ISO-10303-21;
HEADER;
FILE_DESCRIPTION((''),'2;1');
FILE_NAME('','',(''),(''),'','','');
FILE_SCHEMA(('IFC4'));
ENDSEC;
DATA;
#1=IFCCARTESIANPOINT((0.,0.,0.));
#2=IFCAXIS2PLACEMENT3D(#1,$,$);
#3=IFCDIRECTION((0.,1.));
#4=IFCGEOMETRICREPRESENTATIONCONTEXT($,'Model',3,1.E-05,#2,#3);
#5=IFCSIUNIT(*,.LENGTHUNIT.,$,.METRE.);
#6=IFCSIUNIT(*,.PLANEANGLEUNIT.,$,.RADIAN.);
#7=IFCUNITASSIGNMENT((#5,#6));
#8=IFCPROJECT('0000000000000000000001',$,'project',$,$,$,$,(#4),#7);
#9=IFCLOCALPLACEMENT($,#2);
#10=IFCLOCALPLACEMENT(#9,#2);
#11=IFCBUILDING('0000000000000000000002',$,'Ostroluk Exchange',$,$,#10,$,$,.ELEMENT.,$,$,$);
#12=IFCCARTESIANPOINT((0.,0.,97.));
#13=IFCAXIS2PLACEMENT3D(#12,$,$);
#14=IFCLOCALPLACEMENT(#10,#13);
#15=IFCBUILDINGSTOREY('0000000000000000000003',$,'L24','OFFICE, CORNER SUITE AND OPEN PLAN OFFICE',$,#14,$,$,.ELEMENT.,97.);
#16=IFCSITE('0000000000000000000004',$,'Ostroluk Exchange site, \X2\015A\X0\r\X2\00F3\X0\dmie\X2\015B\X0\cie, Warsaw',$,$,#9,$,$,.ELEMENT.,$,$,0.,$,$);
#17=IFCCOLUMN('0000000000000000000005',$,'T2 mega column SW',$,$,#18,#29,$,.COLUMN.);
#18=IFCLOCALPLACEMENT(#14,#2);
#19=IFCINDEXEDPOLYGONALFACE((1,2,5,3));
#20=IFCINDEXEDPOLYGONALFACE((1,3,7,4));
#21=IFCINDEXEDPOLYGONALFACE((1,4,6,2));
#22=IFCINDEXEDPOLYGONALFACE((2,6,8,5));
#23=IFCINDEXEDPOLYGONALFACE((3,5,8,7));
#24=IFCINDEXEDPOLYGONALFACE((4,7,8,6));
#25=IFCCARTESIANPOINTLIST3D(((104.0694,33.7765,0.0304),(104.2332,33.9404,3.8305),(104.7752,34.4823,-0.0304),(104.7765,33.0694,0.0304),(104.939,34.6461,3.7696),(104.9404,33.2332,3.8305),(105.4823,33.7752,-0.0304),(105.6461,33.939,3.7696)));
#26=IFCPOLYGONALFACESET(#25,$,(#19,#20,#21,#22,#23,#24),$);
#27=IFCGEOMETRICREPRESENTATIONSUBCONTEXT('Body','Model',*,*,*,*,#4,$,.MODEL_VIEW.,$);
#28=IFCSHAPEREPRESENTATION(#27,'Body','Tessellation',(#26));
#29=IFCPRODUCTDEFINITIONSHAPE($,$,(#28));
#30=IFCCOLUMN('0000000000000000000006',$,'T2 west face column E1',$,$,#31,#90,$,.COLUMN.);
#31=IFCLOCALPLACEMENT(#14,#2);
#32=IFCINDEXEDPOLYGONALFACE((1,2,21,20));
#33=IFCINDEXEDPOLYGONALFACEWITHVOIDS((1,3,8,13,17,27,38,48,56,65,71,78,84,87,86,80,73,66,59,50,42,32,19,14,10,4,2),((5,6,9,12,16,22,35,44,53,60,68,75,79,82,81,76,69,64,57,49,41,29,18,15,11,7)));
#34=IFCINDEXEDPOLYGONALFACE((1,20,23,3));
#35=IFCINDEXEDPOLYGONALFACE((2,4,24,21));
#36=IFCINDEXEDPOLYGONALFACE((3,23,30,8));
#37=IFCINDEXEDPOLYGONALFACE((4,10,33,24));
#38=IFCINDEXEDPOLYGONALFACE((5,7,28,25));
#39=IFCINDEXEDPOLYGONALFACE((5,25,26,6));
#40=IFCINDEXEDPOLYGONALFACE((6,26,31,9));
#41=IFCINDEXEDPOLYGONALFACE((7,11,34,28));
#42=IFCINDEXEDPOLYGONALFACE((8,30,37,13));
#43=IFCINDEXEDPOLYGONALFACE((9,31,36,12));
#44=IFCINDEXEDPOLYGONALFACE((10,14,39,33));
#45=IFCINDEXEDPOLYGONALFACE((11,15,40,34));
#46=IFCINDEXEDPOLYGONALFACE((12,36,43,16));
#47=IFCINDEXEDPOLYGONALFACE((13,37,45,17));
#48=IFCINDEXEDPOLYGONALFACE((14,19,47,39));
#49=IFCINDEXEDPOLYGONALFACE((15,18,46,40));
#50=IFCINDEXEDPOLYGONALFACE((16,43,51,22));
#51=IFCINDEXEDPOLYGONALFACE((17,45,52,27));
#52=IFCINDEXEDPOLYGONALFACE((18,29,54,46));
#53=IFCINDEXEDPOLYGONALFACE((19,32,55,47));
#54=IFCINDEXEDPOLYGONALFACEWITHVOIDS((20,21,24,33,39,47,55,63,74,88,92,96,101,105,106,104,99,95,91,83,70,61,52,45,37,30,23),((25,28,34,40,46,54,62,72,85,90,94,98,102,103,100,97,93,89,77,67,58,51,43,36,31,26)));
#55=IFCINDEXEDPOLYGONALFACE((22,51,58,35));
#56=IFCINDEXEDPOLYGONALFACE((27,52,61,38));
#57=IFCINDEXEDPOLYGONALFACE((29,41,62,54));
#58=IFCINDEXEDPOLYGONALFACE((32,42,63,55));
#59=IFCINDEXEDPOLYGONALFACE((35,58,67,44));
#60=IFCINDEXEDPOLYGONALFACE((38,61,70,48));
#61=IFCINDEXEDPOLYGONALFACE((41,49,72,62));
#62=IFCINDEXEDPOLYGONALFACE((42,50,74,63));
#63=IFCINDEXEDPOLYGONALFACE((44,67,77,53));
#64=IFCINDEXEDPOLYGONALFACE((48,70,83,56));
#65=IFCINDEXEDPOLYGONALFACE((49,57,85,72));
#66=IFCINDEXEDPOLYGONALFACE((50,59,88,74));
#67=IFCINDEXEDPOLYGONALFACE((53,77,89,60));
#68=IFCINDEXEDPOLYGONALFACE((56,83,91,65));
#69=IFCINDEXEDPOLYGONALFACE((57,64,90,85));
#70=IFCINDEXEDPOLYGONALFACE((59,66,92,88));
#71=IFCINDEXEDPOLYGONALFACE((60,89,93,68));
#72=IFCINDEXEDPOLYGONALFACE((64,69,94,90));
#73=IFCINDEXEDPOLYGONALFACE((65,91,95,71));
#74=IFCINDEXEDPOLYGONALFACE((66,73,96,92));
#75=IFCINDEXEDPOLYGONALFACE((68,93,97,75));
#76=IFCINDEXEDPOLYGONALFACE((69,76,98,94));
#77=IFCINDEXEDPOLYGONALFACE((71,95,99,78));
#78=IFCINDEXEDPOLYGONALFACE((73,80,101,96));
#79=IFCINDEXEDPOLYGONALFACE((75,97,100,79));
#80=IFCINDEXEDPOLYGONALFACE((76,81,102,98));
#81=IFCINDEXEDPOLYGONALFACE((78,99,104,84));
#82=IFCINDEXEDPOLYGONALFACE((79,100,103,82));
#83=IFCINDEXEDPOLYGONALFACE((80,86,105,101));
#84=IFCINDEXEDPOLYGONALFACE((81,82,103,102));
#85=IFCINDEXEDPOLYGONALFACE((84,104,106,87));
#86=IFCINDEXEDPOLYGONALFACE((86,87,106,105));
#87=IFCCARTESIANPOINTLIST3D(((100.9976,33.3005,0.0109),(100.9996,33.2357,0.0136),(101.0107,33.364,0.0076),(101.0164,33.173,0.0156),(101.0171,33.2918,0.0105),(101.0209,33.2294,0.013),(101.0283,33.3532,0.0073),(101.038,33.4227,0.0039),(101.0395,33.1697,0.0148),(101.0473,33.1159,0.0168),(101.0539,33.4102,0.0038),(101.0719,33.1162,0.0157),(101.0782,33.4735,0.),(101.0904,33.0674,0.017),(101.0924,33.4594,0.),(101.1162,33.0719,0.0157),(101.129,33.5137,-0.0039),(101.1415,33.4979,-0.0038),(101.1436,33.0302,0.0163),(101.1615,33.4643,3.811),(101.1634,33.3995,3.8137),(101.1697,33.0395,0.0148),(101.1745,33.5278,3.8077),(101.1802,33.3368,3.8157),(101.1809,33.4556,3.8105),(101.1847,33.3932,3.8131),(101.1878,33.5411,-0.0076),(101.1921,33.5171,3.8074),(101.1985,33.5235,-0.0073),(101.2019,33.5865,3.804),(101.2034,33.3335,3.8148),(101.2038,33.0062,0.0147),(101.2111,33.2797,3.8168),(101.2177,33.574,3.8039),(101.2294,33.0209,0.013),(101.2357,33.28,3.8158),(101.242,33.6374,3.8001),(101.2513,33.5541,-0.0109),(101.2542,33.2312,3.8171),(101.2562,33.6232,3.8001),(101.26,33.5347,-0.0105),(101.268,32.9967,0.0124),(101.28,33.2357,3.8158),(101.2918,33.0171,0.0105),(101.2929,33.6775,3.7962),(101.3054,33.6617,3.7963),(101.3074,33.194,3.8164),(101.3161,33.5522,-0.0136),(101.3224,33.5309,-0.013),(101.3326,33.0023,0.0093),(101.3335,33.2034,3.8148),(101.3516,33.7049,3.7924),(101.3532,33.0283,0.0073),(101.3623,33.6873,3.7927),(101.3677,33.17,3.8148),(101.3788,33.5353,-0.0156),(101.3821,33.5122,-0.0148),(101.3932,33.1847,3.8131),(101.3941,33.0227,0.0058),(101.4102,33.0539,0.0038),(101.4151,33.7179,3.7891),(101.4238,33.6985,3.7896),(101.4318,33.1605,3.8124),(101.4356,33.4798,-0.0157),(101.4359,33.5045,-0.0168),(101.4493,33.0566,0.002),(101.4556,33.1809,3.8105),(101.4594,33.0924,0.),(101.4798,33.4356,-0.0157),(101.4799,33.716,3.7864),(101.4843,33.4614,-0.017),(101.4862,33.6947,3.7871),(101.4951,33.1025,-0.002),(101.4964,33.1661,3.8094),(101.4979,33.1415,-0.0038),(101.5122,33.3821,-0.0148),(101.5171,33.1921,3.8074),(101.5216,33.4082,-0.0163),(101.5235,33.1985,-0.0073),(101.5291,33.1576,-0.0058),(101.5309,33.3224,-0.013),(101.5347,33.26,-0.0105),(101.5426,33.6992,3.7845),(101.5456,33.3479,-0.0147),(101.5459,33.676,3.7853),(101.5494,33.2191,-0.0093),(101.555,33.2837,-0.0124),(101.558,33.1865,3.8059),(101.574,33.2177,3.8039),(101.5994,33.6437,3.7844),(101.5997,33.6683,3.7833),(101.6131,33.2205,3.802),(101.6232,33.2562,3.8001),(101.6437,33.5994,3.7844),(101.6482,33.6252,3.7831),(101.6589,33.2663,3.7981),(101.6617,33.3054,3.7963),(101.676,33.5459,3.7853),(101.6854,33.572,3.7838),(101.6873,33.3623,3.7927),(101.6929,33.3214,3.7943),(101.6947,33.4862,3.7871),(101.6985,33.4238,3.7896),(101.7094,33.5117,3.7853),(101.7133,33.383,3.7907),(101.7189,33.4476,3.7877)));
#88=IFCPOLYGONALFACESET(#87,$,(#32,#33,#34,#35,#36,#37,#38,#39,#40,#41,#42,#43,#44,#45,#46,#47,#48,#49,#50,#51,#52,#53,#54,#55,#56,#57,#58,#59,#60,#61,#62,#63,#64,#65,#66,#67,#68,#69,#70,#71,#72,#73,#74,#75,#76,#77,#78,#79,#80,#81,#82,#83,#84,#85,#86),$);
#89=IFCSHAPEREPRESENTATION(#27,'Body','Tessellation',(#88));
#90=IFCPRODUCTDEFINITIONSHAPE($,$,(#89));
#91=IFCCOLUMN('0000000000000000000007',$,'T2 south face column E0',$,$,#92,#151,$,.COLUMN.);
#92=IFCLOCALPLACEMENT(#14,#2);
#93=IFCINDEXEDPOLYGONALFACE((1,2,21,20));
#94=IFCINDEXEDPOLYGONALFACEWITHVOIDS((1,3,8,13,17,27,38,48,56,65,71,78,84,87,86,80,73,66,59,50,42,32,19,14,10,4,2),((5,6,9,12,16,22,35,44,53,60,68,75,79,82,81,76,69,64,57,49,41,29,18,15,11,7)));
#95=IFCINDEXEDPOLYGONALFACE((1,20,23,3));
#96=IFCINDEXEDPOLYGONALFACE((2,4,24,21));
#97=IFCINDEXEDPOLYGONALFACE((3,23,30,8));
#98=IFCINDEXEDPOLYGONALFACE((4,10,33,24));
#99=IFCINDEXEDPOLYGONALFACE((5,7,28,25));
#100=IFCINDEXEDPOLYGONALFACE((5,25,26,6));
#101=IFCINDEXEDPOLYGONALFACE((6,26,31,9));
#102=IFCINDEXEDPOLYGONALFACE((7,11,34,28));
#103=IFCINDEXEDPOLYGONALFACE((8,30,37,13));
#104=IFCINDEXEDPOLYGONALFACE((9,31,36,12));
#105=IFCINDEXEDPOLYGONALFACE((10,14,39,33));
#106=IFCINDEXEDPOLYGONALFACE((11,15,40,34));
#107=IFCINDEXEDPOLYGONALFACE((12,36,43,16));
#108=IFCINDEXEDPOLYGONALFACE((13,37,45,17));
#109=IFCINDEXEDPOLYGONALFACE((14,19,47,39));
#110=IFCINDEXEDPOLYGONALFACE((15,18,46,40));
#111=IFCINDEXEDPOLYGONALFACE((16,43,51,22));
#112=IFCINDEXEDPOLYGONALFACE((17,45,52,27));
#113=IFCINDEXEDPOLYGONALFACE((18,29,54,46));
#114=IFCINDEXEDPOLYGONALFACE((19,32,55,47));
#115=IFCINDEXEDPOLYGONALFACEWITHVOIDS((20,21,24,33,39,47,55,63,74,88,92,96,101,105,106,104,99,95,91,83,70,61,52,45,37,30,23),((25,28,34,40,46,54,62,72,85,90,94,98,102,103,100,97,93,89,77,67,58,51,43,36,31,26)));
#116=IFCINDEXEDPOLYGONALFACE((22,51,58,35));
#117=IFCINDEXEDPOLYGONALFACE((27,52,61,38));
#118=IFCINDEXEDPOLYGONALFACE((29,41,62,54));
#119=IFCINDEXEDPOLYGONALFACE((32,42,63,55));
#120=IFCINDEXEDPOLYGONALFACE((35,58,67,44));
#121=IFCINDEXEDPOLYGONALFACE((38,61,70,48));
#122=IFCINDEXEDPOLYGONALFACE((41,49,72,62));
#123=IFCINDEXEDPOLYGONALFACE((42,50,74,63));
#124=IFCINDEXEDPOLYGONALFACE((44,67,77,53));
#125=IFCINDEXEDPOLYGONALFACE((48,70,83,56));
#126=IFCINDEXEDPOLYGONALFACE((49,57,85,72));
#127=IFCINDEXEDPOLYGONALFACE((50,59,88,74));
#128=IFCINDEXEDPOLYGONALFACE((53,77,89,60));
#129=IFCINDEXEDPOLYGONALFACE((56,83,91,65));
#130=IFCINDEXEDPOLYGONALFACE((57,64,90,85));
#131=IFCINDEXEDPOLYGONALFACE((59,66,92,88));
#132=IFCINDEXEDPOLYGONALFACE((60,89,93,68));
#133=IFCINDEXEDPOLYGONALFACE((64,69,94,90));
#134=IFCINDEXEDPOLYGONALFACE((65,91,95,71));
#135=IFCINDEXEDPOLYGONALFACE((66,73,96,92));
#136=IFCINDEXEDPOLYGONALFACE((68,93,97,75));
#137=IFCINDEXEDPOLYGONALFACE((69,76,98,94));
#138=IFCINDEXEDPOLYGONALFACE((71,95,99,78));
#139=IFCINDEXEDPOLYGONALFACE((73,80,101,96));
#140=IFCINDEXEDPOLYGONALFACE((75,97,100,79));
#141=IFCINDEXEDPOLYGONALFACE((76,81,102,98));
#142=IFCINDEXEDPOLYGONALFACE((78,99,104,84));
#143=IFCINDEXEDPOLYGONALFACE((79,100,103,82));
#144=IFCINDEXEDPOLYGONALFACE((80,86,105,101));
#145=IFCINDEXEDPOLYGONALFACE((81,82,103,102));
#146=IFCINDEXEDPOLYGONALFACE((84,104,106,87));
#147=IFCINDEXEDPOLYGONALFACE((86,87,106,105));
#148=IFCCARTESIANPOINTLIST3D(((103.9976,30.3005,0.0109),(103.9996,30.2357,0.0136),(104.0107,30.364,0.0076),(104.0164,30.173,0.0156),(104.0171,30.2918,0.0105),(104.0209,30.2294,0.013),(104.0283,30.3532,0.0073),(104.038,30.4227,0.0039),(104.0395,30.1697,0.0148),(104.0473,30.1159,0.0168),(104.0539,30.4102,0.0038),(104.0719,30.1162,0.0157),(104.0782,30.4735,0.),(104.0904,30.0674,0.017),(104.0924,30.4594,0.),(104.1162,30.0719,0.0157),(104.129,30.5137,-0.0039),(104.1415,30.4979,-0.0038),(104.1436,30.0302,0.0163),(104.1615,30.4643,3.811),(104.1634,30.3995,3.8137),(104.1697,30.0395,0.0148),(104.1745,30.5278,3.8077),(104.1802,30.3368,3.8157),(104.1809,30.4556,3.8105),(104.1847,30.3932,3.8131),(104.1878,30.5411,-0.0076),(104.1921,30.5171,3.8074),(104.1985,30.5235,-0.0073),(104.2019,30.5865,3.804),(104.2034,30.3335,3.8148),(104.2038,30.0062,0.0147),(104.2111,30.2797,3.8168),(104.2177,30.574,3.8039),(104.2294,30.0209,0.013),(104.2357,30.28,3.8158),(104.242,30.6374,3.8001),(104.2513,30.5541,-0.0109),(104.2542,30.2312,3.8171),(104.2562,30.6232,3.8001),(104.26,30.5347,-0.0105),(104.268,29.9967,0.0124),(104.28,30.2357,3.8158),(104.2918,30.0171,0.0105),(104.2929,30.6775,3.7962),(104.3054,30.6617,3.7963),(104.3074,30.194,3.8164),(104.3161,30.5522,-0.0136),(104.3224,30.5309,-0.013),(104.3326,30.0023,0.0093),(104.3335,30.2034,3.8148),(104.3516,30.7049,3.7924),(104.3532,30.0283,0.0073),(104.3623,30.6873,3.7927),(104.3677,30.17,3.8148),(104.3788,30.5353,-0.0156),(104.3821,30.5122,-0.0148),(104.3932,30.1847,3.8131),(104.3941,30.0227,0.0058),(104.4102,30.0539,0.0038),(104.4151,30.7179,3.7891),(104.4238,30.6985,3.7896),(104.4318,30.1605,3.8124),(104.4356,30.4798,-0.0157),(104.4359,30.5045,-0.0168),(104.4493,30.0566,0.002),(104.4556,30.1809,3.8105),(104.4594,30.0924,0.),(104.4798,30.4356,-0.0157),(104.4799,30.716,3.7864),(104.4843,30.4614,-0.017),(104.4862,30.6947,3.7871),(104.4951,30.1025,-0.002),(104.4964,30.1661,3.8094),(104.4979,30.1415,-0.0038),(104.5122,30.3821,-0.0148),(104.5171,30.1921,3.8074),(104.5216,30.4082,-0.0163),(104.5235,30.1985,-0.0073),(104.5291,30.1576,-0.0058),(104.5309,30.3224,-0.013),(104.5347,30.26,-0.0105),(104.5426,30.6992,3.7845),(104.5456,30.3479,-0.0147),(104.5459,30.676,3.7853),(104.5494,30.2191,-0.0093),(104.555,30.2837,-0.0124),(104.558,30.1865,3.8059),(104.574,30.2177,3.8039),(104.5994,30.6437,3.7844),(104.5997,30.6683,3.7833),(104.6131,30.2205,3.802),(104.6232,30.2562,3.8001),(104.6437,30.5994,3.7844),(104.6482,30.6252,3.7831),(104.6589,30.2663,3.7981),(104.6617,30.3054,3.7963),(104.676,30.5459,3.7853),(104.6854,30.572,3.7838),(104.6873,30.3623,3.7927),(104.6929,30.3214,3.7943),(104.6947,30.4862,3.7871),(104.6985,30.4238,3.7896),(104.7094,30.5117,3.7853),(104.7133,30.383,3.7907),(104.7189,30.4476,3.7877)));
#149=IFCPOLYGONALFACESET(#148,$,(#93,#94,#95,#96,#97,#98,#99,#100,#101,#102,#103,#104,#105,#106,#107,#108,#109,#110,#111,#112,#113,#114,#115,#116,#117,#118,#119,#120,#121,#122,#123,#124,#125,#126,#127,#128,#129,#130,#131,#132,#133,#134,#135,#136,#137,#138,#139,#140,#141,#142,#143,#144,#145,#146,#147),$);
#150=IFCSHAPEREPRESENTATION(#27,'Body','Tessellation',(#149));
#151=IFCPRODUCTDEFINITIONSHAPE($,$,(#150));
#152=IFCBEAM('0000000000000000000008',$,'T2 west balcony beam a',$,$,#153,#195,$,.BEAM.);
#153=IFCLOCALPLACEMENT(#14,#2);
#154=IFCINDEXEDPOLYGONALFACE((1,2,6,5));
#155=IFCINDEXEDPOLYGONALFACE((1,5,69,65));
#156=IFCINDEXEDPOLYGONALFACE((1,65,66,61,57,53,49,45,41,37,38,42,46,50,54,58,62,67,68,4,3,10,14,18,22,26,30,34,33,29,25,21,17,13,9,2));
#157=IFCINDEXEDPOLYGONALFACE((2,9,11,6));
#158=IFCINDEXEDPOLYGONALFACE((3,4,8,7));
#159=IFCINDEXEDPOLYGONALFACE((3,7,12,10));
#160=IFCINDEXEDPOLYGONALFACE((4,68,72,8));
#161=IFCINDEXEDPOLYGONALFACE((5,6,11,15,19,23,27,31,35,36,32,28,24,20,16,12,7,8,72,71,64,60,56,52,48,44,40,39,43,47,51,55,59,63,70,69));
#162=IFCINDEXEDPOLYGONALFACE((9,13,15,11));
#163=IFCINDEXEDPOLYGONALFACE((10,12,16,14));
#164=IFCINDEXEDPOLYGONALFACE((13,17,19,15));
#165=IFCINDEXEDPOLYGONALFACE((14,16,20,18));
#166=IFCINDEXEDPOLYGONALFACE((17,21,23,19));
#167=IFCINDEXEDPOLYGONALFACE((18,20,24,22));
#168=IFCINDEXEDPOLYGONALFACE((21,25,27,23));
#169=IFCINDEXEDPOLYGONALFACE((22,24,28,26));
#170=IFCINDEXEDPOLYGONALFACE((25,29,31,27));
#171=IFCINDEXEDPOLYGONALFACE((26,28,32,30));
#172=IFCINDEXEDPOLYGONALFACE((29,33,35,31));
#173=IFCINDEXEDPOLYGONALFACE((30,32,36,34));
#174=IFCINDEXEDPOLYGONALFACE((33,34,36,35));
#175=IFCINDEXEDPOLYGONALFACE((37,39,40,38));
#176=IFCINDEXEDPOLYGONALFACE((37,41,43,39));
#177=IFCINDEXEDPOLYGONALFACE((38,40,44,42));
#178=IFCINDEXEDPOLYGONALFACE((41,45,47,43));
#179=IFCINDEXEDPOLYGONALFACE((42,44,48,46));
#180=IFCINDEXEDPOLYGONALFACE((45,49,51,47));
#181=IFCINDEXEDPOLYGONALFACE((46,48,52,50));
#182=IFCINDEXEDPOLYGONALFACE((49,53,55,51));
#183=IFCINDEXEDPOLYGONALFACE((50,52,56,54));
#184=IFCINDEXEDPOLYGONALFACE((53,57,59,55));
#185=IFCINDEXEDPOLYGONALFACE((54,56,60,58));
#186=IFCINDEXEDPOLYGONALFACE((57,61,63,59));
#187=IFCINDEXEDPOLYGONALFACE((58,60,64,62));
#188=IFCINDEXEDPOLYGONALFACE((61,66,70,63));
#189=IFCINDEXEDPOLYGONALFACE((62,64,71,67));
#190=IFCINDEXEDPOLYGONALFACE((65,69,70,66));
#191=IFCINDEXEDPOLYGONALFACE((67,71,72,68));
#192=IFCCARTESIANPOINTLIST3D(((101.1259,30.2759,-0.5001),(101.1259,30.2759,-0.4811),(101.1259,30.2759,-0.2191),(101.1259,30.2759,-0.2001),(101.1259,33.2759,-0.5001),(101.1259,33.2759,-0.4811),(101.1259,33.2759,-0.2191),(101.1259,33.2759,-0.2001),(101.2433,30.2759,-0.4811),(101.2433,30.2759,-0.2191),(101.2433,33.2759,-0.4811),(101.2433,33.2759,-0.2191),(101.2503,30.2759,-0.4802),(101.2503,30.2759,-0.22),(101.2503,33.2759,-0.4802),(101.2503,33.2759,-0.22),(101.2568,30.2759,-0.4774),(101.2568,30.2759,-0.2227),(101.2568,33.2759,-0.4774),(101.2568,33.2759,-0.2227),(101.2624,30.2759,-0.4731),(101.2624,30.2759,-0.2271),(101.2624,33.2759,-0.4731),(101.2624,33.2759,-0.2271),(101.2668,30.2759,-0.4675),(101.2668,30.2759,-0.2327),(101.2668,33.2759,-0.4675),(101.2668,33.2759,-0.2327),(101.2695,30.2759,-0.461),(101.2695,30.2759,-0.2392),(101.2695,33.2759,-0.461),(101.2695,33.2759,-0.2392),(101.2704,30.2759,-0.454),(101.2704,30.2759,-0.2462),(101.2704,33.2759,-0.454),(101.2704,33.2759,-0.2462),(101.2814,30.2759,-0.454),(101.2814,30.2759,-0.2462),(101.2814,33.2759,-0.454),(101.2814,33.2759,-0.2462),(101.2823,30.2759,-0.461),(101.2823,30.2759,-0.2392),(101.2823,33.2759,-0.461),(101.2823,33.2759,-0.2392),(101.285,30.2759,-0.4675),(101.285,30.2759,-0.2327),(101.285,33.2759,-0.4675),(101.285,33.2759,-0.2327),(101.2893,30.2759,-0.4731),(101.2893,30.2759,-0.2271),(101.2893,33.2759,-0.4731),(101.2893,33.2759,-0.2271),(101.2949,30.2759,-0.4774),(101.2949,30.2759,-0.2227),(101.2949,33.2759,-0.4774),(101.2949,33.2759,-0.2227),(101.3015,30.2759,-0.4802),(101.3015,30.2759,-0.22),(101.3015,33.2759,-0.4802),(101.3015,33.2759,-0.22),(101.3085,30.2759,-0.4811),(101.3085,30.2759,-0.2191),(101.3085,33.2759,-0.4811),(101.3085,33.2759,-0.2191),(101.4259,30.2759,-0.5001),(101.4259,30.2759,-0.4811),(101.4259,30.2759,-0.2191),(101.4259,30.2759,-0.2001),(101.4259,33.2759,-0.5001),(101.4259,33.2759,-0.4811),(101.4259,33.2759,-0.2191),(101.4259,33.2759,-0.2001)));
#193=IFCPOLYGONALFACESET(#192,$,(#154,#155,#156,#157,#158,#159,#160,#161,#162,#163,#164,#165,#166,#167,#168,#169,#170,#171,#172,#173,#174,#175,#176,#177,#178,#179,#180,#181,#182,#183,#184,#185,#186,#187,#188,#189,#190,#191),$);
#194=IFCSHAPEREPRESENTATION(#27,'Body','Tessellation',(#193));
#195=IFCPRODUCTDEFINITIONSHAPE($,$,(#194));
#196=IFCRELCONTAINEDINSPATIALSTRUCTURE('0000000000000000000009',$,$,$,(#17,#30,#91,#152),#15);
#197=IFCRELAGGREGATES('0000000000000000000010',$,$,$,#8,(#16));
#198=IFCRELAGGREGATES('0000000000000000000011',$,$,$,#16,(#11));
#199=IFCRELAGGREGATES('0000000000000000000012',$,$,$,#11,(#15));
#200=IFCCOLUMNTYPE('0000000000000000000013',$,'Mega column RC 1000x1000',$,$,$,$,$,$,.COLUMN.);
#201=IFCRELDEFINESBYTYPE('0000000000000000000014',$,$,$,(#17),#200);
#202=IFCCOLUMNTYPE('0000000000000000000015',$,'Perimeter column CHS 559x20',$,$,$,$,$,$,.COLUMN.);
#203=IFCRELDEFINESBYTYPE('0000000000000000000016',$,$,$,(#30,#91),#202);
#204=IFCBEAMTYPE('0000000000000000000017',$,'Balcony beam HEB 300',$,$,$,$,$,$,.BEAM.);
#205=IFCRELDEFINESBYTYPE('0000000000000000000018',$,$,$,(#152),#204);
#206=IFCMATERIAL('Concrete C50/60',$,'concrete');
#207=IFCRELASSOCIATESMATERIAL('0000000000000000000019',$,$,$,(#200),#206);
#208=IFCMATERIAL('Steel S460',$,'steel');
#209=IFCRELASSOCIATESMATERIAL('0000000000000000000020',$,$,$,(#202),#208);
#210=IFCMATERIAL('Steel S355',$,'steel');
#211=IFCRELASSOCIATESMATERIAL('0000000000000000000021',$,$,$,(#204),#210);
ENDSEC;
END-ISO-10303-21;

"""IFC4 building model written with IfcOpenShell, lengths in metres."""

from ifc_helpers import new_model, si_unit, direction, frame, origin, origin_2d, place, context, subcontext, project, spatial, rectangle, hollow_circle, i_section, extrude, material, material_profile, profile_set, type_object, element, save


model = new_model("IFC4")

# Units and contexts
model_context = context("Model", 3, precision=1e-05, world=origin(), true_north=direction((0.0, 1.0)))
body_context = subcontext(model_context, "Body", "Model", "MODEL_VIEW")
ifc_project = project(units=[si_unit("LENGTHUNIT", "METRE"), si_unit("PLANEANGLEUNIT", "RADIAN")], contexts=[model_context])

# Site, building, storey
site_placement = place(None, origin())
site = spatial("IfcSite", under=ifc_project, at=site_placement, Name="Ostroluk Exchange site, Śródmieście, Warsaw", CompositionType="ELEMENT", RefElevation=0.0)
building_placement = place(site_placement, origin())
building = spatial("IfcBuilding", under=site, at=building_placement, Name="Ostroluk Exchange", CompositionType="ELEMENT")
storey_placement = place(building_placement, frame((0.0, 0.0, 97.0)))
storey = spatial("IfcBuildingStorey", under=building, at=storey_placement, Name="L24", Description="OFFICE, CORNER SUITE AND OPEN PLAN OFFICE", CompositionType="ELEMENT", Elevation=97.0)

# Columns
ifc_material_1 = material(Name="Concrete C50/60", Category="concrete")
ifc_material_profile_1 = material_profile(ifc_material_1, rectangle(XDim=1.0, YDim=1.0, at=origin_2d()), Name="RC 1000x1000")
ifc_profile_set_1 = profile_set([ifc_material_profile_1], Name="Concrete C50/60")
column_type_1 = type_object("IfcColumnType", Name="Mega column RC 1000x1000", PredefinedType="COLUMN", material=ifc_profile_set_1)
column_placement = place(storey_placement, frame((104.7759, 33.7759, 0.0), z_axis=(0.04303, 0.04303, 0.998147), x_axis=(-0.707107, 0.707107, 0.0)))
element("IfcColumn", 1, at=column_placement, inside=storey, type_object=column_type_1, Name="T2 mega column SW", PredefinedType="COLUMN", context=body_context, shape_type="SweptSolid", body=[
    extrude(rectangle(XDim=1.0, YDim=1.0, at=origin_2d()), origin(), (0.0, 0.0, 1.0), 3.8071),
])
ifc_material_2 = material(Name="Steel S460", Category="steel")
ifc_material_profile_2 = material_profile(ifc_material_2, hollow_circle(Radius=0.2795, WallThickness=0.02, at=origin_2d()), Name="CHS 559x20")
ifc_profile_set_2 = profile_set([ifc_material_profile_2], Name="Steel S460")
column_type_2 = type_object("IfcColumnType", Name="Perimeter column CHS 559x20", PredefinedType="COLUMN", material=ifc_profile_set_2)
for number, where, z_axis, x_axis, name in (
    (2, (101.2759, 33.2759, 0.0), (0.04303, 0.04303, 0.998147), (-0.707107, 0.707107, 0.0), "T2 west face column E1"),
    (3, (104.2759, 30.2759, 0.0), (0.04303, 0.04303, 0.998147), (-0.707107, 0.707107, 0.0), "T2 south face column E0"),
):
    element("IfcColumn", number, at=place(storey_placement, frame(where, z_axis=z_axis, x_axis=x_axis)), inside=storey, type_object=column_type_2, Name=name, PredefinedType="COLUMN", context=body_context, shape_type="SweptSolid", body=[
        extrude(hollow_circle(Radius=0.2795, WallThickness=0.02, at=origin_2d()), origin(), (0.0, 0.0, 1.0), 3.8071),
    ])

# Beam
ifc_material_3 = material(Name="Steel S355", Category="steel")
ifc_material_profile_3 = material_profile(ifc_material_3, i_section(OverallWidth=0.3, OverallDepth=0.3, WebThickness=0.011, FlangeThickness=0.019, FilletRadius=0.0271, at=origin_2d()), Name="HEB 300")
ifc_profile_set_3 = profile_set([ifc_material_profile_3], Name="Steel S355")
beam_type_1 = type_object("IfcBeamType", Name="Balcony beam HEB 300", PredefinedType="BEAM", material=ifc_profile_set_3)
for number, where, z_axis, x_axis, name in (
    (4, (101.2759, 33.2759, -0.3501), (0.0, -1.0, 0.0), (1.0, 0.0, 0.0), "T2 west balcony beam a"),
):
    element("IfcBeam", number, at=place(storey_placement, frame(where, z_axis=z_axis, x_axis=x_axis)), inside=storey, type_object=beam_type_1, Name=name, PredefinedType="BEAM", context=body_context, shape_type="SweptSolid", body=[
        extrude(i_section(OverallWidth=0.3, OverallDepth=0.3, WebThickness=0.011, FlangeThickness=0.019, FilletRadius=0.0271, at=origin_2d()), origin(), (0.0, 0.0, 1.0), 3.0),
    ])

save(model, "model.ifc")
